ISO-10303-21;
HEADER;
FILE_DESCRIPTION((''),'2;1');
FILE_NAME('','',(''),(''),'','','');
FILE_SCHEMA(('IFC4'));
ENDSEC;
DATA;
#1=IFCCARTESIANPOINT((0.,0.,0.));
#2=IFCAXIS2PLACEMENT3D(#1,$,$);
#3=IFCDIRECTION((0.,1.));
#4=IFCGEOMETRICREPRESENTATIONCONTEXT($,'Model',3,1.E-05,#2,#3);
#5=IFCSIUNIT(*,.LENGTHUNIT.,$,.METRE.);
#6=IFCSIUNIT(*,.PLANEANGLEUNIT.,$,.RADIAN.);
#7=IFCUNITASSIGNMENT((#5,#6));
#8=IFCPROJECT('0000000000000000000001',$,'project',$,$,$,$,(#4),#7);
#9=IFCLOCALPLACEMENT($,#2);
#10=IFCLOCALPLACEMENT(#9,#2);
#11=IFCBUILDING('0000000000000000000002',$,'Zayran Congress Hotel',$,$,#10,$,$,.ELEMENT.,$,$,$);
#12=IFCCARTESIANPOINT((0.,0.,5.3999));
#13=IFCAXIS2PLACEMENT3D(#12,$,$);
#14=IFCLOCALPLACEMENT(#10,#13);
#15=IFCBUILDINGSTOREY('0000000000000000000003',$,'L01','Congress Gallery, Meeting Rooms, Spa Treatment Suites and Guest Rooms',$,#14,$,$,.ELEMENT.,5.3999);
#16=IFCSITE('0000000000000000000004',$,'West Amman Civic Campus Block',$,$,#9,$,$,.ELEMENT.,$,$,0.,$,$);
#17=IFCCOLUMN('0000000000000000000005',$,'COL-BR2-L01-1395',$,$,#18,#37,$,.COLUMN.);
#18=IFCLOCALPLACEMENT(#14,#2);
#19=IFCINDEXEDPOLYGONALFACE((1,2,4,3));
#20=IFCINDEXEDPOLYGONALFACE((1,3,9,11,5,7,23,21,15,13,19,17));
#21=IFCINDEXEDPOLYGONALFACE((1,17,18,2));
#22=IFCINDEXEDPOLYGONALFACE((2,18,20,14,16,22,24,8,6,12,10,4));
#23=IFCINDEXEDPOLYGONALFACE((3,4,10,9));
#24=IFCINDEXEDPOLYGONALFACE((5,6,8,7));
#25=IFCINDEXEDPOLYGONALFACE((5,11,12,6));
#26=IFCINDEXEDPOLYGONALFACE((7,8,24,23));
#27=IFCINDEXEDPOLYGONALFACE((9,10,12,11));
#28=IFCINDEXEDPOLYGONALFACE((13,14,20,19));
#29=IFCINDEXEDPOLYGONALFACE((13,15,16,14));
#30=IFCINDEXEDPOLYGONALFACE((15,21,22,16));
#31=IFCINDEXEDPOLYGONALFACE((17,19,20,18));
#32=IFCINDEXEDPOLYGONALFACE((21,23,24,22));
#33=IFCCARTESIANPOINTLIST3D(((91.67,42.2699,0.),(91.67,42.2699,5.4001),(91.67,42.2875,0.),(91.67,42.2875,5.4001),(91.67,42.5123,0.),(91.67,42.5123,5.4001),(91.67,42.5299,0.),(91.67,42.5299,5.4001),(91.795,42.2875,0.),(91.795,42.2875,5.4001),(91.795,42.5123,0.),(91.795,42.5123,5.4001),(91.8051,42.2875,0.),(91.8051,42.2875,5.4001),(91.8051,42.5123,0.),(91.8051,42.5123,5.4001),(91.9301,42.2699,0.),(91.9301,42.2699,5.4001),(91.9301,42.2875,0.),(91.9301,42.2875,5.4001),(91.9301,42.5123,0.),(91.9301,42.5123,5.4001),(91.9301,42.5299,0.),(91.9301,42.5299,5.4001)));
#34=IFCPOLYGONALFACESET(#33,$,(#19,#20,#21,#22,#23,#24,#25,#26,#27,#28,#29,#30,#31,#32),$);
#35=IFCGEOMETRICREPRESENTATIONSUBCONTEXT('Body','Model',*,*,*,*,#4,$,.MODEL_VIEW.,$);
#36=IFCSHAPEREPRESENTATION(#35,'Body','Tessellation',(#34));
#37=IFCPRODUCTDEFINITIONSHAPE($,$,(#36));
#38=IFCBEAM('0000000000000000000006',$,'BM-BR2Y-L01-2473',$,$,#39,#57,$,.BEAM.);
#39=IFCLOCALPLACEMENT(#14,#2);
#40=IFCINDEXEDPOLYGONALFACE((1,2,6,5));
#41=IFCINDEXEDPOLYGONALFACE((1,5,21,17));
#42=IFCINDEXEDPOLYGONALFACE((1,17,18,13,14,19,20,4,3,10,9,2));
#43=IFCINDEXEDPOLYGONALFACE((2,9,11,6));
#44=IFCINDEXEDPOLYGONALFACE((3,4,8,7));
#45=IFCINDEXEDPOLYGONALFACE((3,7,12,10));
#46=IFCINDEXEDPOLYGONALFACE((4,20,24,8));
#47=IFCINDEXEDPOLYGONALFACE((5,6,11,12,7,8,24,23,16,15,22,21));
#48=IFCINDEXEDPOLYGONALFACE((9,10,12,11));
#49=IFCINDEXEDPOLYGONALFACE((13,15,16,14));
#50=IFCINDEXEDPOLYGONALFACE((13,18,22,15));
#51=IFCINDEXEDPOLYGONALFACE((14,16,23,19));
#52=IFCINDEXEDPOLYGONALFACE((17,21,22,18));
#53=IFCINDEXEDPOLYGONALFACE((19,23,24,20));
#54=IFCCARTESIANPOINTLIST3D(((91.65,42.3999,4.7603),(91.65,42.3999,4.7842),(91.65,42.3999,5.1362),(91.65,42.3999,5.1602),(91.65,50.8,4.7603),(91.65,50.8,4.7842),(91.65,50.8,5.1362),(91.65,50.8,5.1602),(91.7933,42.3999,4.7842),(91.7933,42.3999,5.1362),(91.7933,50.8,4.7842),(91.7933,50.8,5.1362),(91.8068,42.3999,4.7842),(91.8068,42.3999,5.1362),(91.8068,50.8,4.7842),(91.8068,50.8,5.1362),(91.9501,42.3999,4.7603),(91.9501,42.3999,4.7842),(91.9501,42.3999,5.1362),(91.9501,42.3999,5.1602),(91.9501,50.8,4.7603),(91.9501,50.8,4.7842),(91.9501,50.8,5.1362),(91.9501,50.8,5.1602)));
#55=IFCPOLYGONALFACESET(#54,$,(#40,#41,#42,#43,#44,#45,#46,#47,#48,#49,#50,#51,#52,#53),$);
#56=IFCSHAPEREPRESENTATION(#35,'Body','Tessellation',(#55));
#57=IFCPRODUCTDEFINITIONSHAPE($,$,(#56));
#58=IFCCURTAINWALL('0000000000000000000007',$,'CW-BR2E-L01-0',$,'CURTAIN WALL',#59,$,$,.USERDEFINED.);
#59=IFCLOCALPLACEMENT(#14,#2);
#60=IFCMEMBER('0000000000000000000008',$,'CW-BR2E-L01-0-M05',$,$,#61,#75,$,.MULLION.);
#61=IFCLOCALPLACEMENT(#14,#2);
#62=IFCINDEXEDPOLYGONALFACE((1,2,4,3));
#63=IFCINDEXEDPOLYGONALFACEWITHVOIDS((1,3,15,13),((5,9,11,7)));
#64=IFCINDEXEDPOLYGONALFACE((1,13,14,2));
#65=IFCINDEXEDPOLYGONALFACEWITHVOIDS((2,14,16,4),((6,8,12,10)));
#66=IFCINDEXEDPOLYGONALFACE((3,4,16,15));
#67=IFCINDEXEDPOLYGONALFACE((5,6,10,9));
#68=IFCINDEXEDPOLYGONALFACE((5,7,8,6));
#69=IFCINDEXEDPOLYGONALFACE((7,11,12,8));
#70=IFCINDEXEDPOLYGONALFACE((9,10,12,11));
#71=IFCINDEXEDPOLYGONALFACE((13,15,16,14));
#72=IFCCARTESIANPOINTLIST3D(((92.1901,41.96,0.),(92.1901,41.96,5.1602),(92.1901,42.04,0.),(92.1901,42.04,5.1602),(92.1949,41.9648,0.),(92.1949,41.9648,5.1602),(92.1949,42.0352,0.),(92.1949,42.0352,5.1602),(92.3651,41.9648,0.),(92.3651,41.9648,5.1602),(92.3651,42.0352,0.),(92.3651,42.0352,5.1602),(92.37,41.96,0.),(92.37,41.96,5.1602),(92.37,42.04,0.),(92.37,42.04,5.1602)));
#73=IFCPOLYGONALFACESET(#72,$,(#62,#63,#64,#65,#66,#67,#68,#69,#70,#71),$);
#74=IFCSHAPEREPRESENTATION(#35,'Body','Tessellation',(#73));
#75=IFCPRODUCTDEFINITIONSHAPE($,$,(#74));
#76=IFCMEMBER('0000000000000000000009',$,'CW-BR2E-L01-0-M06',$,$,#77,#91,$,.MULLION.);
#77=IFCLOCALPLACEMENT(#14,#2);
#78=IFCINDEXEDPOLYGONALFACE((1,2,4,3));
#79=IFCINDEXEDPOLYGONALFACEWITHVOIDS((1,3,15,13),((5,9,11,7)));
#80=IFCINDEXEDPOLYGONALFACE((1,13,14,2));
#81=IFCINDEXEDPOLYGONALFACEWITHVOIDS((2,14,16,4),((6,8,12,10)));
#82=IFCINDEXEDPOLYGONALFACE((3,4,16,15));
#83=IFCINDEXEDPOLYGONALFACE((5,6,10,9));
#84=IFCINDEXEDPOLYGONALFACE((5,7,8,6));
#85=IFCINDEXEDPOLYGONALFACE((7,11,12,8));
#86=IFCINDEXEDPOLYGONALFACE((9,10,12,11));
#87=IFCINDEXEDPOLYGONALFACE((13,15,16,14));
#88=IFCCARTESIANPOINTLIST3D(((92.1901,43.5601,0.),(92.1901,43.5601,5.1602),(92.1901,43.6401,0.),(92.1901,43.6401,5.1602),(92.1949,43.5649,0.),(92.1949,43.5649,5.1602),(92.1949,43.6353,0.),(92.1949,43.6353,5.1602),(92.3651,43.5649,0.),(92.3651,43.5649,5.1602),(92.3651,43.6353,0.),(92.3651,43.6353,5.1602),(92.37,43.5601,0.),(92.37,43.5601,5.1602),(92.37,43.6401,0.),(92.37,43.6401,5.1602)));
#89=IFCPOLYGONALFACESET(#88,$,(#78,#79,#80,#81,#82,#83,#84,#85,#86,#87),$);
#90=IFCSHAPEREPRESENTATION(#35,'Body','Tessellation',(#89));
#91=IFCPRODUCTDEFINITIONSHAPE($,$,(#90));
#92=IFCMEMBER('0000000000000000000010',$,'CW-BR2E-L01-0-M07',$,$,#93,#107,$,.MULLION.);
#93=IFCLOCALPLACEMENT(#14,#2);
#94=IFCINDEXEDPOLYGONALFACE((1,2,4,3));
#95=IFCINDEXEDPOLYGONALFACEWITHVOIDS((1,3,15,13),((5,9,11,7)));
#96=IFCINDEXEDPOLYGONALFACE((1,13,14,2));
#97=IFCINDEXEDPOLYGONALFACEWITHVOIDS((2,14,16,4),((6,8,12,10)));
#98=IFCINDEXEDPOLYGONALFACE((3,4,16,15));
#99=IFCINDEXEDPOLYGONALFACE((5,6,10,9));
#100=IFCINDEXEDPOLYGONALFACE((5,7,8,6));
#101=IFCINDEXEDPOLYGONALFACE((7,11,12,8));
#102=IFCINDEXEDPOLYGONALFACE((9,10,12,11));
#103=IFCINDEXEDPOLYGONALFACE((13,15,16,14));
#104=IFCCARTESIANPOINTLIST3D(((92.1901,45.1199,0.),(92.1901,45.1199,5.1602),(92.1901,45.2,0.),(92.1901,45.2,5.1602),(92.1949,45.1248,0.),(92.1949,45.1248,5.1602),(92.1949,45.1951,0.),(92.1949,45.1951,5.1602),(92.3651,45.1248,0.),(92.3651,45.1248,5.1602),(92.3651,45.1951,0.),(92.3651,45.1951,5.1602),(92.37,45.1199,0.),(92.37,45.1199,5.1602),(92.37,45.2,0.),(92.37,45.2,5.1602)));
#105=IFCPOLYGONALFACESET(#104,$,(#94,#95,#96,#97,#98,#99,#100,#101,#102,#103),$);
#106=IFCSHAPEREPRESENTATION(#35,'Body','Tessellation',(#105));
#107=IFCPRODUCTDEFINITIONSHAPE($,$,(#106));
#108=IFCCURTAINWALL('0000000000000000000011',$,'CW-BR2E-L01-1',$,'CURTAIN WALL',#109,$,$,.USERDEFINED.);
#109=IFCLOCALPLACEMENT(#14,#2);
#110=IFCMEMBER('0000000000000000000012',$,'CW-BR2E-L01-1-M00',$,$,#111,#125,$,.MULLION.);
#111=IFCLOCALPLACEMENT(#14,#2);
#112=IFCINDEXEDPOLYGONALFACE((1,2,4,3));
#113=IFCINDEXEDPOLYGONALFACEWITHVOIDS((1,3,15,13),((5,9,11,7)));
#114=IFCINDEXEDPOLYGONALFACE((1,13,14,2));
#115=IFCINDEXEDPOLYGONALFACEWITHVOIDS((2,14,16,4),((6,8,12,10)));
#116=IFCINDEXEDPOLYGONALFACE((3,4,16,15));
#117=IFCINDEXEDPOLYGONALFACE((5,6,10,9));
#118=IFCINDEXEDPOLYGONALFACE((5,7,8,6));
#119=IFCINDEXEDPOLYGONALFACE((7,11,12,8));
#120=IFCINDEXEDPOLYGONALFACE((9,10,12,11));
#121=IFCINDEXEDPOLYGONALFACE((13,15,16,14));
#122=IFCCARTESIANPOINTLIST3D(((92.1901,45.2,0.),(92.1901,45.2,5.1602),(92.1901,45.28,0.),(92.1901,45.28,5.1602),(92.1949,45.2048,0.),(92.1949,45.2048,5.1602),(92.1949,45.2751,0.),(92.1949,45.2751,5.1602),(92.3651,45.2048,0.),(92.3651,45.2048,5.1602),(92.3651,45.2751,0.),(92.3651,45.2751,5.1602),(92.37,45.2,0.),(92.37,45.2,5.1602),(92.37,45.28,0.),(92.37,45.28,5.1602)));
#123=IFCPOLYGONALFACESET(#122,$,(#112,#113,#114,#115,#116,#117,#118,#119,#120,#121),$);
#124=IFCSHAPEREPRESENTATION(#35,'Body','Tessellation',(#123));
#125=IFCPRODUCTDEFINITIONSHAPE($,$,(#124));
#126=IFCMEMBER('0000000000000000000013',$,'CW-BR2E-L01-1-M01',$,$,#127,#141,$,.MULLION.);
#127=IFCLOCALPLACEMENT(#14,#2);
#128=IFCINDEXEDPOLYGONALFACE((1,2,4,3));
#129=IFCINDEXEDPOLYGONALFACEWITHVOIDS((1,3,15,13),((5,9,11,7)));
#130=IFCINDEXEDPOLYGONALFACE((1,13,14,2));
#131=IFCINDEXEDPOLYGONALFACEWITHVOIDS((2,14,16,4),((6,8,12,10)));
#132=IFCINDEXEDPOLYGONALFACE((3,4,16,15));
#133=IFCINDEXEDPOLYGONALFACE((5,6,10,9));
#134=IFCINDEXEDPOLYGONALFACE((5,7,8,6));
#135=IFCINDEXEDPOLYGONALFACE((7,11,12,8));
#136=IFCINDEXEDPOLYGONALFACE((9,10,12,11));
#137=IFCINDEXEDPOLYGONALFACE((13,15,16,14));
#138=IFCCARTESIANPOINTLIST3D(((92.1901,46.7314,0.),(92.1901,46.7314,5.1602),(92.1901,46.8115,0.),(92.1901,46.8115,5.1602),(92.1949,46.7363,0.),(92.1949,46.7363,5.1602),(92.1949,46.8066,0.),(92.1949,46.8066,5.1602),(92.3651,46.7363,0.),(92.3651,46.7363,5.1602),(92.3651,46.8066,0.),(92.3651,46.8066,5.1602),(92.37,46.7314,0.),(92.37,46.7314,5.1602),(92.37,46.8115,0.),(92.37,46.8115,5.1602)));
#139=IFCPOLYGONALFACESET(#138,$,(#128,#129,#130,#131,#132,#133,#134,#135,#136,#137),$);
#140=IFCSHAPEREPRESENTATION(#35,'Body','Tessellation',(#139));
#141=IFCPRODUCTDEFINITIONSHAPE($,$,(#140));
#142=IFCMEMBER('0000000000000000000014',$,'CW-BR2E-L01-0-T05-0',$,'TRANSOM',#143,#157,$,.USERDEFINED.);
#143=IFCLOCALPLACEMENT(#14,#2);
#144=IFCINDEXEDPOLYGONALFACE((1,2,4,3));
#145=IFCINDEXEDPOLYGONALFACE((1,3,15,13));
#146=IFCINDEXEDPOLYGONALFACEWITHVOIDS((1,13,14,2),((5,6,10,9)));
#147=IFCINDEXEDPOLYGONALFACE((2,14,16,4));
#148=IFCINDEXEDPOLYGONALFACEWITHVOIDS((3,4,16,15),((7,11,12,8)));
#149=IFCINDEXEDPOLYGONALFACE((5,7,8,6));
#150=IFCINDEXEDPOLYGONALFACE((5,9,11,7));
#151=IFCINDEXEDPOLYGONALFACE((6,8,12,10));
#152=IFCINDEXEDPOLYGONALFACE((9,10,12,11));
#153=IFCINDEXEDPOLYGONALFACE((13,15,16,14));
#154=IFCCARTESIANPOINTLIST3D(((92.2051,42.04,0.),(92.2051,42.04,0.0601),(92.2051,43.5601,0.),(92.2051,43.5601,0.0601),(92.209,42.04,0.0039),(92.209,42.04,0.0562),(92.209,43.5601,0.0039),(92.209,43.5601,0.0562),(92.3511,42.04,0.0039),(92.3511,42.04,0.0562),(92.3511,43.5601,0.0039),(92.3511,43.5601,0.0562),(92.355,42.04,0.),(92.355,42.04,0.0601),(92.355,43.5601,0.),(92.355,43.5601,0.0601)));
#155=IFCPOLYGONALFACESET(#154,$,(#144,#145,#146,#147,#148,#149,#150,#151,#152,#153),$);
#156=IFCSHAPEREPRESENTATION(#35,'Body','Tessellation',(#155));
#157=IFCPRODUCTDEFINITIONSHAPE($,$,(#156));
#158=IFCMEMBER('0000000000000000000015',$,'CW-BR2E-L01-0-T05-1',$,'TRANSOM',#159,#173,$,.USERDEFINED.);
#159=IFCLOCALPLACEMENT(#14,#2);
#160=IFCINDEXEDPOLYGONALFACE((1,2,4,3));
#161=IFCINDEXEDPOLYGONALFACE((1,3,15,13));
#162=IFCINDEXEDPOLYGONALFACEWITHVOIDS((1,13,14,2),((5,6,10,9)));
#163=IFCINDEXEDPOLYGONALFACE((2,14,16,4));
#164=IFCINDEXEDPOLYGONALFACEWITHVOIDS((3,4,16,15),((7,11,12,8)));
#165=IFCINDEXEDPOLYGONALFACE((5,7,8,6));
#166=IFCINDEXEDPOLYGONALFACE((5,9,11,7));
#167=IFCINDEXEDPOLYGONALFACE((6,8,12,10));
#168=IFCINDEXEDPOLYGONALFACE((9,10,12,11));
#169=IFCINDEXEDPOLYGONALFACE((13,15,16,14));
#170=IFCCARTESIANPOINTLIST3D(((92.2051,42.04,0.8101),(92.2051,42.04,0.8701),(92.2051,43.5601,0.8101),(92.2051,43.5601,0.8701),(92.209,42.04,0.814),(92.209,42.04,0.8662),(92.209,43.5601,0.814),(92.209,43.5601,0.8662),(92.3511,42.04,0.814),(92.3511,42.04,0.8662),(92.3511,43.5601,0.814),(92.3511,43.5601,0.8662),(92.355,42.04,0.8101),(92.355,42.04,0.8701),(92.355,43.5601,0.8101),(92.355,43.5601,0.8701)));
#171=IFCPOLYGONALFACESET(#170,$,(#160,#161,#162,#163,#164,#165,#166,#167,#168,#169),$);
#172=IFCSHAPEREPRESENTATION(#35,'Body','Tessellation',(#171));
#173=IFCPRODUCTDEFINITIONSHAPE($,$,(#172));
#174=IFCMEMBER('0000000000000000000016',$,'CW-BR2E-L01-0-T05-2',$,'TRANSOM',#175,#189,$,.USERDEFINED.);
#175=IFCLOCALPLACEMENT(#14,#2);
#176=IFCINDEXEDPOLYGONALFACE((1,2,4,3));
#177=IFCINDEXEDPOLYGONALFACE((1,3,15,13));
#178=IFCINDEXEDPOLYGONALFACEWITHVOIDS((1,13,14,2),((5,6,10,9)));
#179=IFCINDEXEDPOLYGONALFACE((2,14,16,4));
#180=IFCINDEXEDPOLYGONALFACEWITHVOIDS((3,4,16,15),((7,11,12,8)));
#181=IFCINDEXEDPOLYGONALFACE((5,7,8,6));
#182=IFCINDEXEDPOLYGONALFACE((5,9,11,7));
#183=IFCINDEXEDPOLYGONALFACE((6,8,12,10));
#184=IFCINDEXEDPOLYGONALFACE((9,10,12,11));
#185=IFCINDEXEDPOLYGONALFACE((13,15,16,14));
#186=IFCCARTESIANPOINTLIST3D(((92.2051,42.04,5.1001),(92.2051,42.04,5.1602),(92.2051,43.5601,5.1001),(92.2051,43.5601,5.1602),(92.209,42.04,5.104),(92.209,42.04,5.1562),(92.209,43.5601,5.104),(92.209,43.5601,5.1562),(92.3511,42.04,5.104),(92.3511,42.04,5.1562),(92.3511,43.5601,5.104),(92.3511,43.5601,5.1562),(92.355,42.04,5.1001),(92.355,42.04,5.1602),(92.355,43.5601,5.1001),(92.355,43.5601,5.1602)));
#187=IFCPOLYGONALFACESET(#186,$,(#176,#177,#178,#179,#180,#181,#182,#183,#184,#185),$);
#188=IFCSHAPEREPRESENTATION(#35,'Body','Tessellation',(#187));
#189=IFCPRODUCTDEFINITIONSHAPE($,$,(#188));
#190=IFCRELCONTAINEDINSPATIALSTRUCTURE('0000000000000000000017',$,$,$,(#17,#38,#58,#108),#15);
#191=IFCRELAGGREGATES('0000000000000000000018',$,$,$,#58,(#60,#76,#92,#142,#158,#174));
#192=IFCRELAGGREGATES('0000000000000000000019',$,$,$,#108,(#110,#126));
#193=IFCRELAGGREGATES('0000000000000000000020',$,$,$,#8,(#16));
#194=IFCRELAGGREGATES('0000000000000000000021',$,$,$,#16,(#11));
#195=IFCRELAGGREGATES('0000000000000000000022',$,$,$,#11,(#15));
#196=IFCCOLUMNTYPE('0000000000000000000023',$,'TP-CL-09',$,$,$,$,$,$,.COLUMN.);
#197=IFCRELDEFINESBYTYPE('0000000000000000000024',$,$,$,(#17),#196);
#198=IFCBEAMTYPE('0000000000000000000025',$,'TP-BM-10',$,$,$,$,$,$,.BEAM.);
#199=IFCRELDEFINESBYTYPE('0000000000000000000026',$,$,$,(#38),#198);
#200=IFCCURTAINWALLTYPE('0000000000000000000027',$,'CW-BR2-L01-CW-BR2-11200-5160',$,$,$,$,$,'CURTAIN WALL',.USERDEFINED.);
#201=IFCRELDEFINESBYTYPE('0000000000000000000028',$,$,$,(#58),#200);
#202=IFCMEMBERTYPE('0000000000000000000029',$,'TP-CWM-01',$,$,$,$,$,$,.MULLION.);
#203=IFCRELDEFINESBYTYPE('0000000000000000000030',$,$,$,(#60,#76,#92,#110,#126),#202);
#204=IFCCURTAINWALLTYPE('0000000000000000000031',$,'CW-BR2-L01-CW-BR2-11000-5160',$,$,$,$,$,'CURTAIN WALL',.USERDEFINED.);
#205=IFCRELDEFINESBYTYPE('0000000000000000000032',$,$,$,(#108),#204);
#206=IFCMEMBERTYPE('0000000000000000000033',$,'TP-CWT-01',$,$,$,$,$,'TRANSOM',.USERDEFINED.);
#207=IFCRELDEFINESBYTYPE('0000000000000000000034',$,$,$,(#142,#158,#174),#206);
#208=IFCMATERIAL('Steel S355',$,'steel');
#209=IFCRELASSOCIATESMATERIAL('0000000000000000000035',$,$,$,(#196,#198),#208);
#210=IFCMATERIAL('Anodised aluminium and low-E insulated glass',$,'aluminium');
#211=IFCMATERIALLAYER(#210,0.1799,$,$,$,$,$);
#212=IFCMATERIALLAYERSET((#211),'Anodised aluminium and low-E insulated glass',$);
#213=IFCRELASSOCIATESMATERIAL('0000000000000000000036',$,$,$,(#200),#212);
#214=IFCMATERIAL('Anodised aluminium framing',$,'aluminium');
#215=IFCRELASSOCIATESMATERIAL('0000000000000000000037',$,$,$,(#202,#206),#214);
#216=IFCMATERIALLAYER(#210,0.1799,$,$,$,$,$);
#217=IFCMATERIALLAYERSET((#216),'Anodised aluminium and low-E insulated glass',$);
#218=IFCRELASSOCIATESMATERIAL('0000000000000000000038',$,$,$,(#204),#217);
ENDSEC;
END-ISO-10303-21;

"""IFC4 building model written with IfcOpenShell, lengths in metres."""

from ifc_helpers import new_model, si_unit, direction, frame, origin, origin_2d, place, context, subcontext, project, spatial, hollow_rectangle, i_section, extrude, material, layer, layer_set, material_profile, profile_set, type_object, element, aggregate, save


model = new_model("IFC4")

# Units and contexts
model_context = context("Model", 3, precision=1e-05, world=origin(), true_north=direction((0.0, 1.0)))
body_context = subcontext(model_context, "Body", "Model", "MODEL_VIEW")
ifc_project = project(units=[si_unit("LENGTHUNIT", "METRE"), si_unit("PLANEANGLEUNIT", "RADIAN")], contexts=[model_context])

# Site, building, storey
site_placement = place(None, origin())
site = spatial("IfcSite", under=ifc_project, at=site_placement, Name="West Amman Civic Campus Block", CompositionType="ELEMENT", RefElevation=0.0)
building_placement = place(site_placement, origin())
building = spatial("IfcBuilding", under=site, at=building_placement, Name="Zayran Congress Hotel", CompositionType="ELEMENT")
storey_placement = place(building_placement, frame((0.0, 0.0, 5.3999)))
storey = spatial("IfcBuildingStorey", under=building, at=storey_placement, Name="L01", Description="Congress Gallery, Meeting Rooms, Spa Treatment Suites and Guest Rooms", CompositionType="ELEMENT", Elevation=5.3999)

# Column
ifc_material_1 = material(Name="Steel S355", Category="steel")
ifc_material_profile_1 = material_profile(ifc_material_1, i_section(OverallWidth=0.26, OverallDepth=0.26, WebThickness=0.01, FlangeThickness=0.0176, at=origin_2d()), Name="HEB 260")
ifc_profile_set_1 = profile_set([ifc_material_profile_1], Name="Steel S355")
column_type = type_object("IfcColumnType", Name="TP-CL-09", PredefinedType="COLUMN", material=ifc_profile_set_1)
column_placement = place(storey_placement, frame((91.8, 42.3999, 0.0), z_axis=(0.0, 0.0, 1.0), x_axis=(1.0, 0.0, 0.0)))
element("IfcColumn", 1, at=column_placement, inside=storey, type_object=column_type, Name="COL-BR2-L01-1395", PredefinedType="COLUMN", context=body_context, shape_type="SweptSolid", body=[
    extrude(i_section(OverallWidth=0.26, OverallDepth=0.26, WebThickness=0.01, FlangeThickness=0.0176, at=origin_2d()), origin(), (0.0, 0.0, 1.0), 5.4001),
])

# Beam
ifc_material_profile_2 = material_profile(ifc_material_1, i_section(OverallWidth=0.3, OverallDepth=0.3999, WebThickness=0.0134, FlangeThickness=0.0239, at=origin_2d()), Name="HEB 400")
ifc_profile_set_2 = profile_set([ifc_material_profile_2], Name="Steel S355")
beam_type = type_object("IfcBeamType", Name="TP-BM-10", PredefinedType="BEAM", material=ifc_profile_set_2)
beam_placement = place(storey_placement, frame((91.8, 42.3999, 4.9602), z_axis=(0.0, 1.0, 0.0), x_axis=(-1.0, 0.0, 0.0)))
element("IfcBeam", 2, at=beam_placement, inside=storey, type_object=beam_type, Name="BM-BR2Y-L01-2473", PredefinedType="BEAM", context=body_context, shape_type="SweptSolid", body=[
    extrude(i_section(OverallWidth=0.3, OverallDepth=0.3999, WebThickness=0.0134, FlangeThickness=0.0239, at=origin_2d()), origin(), (0.0, 0.0, 1.0), 8.4001),
])

# Curtain walls, members
ifc_material_2 = material(Name="Anodised aluminium and low-E insulated glass", Category="aluminium")
ifc_layer_1 = layer(ifc_material_2, 0.1799)
ifc_layer_set_1 = layer_set([ifc_layer_1], Name="Anodised aluminium and low-E insulated glass")
curtain_wall_type_1 = type_object("IfcCurtainWallType", Name="CW-BR2-L01-CW-BR2-11200-5160", ElementType="CURTAIN WALL", PredefinedType="USERDEFINED", material=ifc_layer_set_1)
curtain_wall_1_placement = place(storey_placement, origin())
curtain_wall_1 = element("IfcCurtainWall", 3, at=curtain_wall_1_placement, inside=storey, type_object=curtain_wall_type_1, Name="CW-BR2E-L01-0", ObjectType="CURTAIN WALL", PredefinedType="USERDEFINED")
ifc_material_3 = material(Name="Anodised aluminium framing", Category="aluminium")
ifc_material_profile_3 = material_profile(ifc_material_3, hollow_rectangle(XDim=0.0801, YDim=0.1799, WallThickness=0.0049, at=origin_2d()), Name="RHS 180x80x5")
ifc_profile_set_3 = profile_set([ifc_material_profile_3], Name="Anodised aluminium framing")
member_type_1 = type_object("IfcMemberType", Name="TP-CWM-01", PredefinedType="MULLION", material=ifc_profile_set_3)
member_1_placement = place(storey_placement, frame((92.28, 42.0, 0.0), z_axis=(0.0, 0.0, 1.0), x_axis=(0.0, 1.0, 0.0)))
member_1 = element("IfcMember", 4, at=member_1_placement, type_object=member_type_1, Name="CW-BR2E-L01-0-M05", PredefinedType="MULLION", context=body_context, shape_type="SweptSolid", body=[
    extrude(hollow_rectangle(XDim=0.0801, YDim=0.1799, WallThickness=0.0049, at=origin_2d()), origin(), (0.0, 0.0, 1.0), 5.1602),
])
member_2_placement = place(storey_placement, frame((92.28, 43.6001, 0.0), z_axis=(0.0, 0.0, 1.0), x_axis=(0.0, 1.0, 0.0)))
member_2 = element("IfcMember", 5, at=member_2_placement, type_object=member_type_1, Name="CW-BR2E-L01-0-M06", PredefinedType="MULLION", context=body_context, shape_type="SweptSolid", body=[
    extrude(hollow_rectangle(XDim=0.0801, YDim=0.1799, WallThickness=0.0049, at=origin_2d()), origin(), (0.0, 0.0, 1.0), 5.1602),
])
member_3_placement = place(storey_placement, frame((92.28, 45.1599, 0.0), z_axis=(0.0, 0.0, 1.0), x_axis=(0.0, 1.0, 0.0)))
member_3 = element("IfcMember", 6, at=member_3_placement, type_object=member_type_1, Name="CW-BR2E-L01-0-M07", PredefinedType="MULLION", context=body_context, shape_type="SweptSolid", body=[
    extrude(hollow_rectangle(XDim=0.0801, YDim=0.1799, WallThickness=0.0049, at=origin_2d()), origin(), (0.0, 0.0, 1.0), 5.1602),
])
ifc_layer_2 = layer(ifc_material_2, 0.1799)
ifc_layer_set_2 = layer_set([ifc_layer_2], Name="Anodised aluminium and low-E insulated glass")
curtain_wall_type_2 = type_object("IfcCurtainWallType", Name="CW-BR2-L01-CW-BR2-11000-5160", ElementType="CURTAIN WALL", PredefinedType="USERDEFINED", material=ifc_layer_set_2)
curtain_wall_2_placement = place(storey_placement, origin())
curtain_wall_2 = element("IfcCurtainWall", 7, at=curtain_wall_2_placement, inside=storey, type_object=curtain_wall_type_2, Name="CW-BR2E-L01-1", ObjectType="CURTAIN WALL", PredefinedType="USERDEFINED")
member_4_placement = place(storey_placement, frame((92.28, 45.24, 0.0), z_axis=(0.0, 0.0, 1.0), x_axis=(0.0, 1.0, 0.0)))
member_4 = element("IfcMember", 8, at=member_4_placement, type_object=member_type_1, Name="CW-BR2E-L01-1-M00", PredefinedType="MULLION", context=body_context, shape_type="SweptSolid", body=[
    extrude(hollow_rectangle(XDim=0.0801, YDim=0.1799, WallThickness=0.0049, at=origin_2d()), origin(), (0.0, 0.0, 1.0), 5.1602),
])
member_5_placement = place(storey_placement, frame((92.28, 46.7715, 0.0), z_axis=(0.0, 0.0, 1.0), x_axis=(0.0, 1.0, 0.0)))
member_5 = element("IfcMember", 9, at=member_5_placement, type_object=member_type_1, Name="CW-BR2E-L01-1-M01", PredefinedType="MULLION", context=body_context, shape_type="SweptSolid", body=[
    extrude(hollow_rectangle(XDim=0.0801, YDim=0.1799, WallThickness=0.0049, at=origin_2d()), origin(), (0.0, 0.0, 1.0), 5.1602),
])

# Members
ifc_material_profile_4 = material_profile(ifc_material_3, hollow_rectangle(XDim=0.0601, YDim=0.1499, WallThickness=0.0039, at=origin_2d()), Name="RHS 150x60x4")
ifc_profile_set_4 = profile_set([ifc_material_profile_4], Name="Anodised aluminium framing")
member_type_2 = type_object("IfcMemberType", Name="TP-CWT-01", ElementType="TRANSOM", PredefinedType="USERDEFINED", material=ifc_profile_set_4)
member_6_placement = place(storey_placement, frame((92.28, 42.04, 0.03), z_axis=(0.0, 1.0, 0.0), x_axis=(0.0, 0.0, 1.0)))
member_6 = element("IfcMember", 10, at=member_6_placement, type_object=member_type_2, Name="CW-BR2E-L01-0-T05-0", ObjectType="TRANSOM", PredefinedType="USERDEFINED", context=body_context, shape_type="SweptSolid", body=[
    extrude(hollow_rectangle(XDim=0.0601, YDim=0.1499, WallThickness=0.0039, at=origin_2d()), origin(), (0.0, 0.0, 1.0), 1.52),
])
member_7_placement = place(storey_placement, frame((92.28, 42.04, 0.8401), z_axis=(0.0, 1.0, 0.0), x_axis=(0.0, 0.0, 1.0)))
member_7 = element("IfcMember", 11, at=member_7_placement, type_object=member_type_2, Name="CW-BR2E-L01-0-T05-1", ObjectType="TRANSOM", PredefinedType="USERDEFINED", context=body_context, shape_type="SweptSolid", body=[
    extrude(hollow_rectangle(XDim=0.0601, YDim=0.1499, WallThickness=0.0039, at=origin_2d()), origin(), (0.0, 0.0, 1.0), 1.52),
])
member_8_placement = place(storey_placement, frame((92.28, 42.04, 5.1301), z_axis=(0.0, 1.0, 0.0), x_axis=(0.0, 0.0, 1.0)))
member_8 = element("IfcMember", 12, at=member_8_placement, type_object=member_type_2, Name="CW-BR2E-L01-0-T05-2", ObjectType="TRANSOM", PredefinedType="USERDEFINED", context=body_context, shape_type="SweptSolid", body=[
    extrude(hollow_rectangle(XDim=0.0601, YDim=0.1499, WallThickness=0.0039, at=origin_2d()), origin(), (0.0, 0.0, 1.0), 1.52),
])

aggregate(curtain_wall_1, [member_1, member_2, member_3, member_6, member_7, member_8])
aggregate(curtain_wall_2, [member_4, member_5])

save(model, "model.ifc")
